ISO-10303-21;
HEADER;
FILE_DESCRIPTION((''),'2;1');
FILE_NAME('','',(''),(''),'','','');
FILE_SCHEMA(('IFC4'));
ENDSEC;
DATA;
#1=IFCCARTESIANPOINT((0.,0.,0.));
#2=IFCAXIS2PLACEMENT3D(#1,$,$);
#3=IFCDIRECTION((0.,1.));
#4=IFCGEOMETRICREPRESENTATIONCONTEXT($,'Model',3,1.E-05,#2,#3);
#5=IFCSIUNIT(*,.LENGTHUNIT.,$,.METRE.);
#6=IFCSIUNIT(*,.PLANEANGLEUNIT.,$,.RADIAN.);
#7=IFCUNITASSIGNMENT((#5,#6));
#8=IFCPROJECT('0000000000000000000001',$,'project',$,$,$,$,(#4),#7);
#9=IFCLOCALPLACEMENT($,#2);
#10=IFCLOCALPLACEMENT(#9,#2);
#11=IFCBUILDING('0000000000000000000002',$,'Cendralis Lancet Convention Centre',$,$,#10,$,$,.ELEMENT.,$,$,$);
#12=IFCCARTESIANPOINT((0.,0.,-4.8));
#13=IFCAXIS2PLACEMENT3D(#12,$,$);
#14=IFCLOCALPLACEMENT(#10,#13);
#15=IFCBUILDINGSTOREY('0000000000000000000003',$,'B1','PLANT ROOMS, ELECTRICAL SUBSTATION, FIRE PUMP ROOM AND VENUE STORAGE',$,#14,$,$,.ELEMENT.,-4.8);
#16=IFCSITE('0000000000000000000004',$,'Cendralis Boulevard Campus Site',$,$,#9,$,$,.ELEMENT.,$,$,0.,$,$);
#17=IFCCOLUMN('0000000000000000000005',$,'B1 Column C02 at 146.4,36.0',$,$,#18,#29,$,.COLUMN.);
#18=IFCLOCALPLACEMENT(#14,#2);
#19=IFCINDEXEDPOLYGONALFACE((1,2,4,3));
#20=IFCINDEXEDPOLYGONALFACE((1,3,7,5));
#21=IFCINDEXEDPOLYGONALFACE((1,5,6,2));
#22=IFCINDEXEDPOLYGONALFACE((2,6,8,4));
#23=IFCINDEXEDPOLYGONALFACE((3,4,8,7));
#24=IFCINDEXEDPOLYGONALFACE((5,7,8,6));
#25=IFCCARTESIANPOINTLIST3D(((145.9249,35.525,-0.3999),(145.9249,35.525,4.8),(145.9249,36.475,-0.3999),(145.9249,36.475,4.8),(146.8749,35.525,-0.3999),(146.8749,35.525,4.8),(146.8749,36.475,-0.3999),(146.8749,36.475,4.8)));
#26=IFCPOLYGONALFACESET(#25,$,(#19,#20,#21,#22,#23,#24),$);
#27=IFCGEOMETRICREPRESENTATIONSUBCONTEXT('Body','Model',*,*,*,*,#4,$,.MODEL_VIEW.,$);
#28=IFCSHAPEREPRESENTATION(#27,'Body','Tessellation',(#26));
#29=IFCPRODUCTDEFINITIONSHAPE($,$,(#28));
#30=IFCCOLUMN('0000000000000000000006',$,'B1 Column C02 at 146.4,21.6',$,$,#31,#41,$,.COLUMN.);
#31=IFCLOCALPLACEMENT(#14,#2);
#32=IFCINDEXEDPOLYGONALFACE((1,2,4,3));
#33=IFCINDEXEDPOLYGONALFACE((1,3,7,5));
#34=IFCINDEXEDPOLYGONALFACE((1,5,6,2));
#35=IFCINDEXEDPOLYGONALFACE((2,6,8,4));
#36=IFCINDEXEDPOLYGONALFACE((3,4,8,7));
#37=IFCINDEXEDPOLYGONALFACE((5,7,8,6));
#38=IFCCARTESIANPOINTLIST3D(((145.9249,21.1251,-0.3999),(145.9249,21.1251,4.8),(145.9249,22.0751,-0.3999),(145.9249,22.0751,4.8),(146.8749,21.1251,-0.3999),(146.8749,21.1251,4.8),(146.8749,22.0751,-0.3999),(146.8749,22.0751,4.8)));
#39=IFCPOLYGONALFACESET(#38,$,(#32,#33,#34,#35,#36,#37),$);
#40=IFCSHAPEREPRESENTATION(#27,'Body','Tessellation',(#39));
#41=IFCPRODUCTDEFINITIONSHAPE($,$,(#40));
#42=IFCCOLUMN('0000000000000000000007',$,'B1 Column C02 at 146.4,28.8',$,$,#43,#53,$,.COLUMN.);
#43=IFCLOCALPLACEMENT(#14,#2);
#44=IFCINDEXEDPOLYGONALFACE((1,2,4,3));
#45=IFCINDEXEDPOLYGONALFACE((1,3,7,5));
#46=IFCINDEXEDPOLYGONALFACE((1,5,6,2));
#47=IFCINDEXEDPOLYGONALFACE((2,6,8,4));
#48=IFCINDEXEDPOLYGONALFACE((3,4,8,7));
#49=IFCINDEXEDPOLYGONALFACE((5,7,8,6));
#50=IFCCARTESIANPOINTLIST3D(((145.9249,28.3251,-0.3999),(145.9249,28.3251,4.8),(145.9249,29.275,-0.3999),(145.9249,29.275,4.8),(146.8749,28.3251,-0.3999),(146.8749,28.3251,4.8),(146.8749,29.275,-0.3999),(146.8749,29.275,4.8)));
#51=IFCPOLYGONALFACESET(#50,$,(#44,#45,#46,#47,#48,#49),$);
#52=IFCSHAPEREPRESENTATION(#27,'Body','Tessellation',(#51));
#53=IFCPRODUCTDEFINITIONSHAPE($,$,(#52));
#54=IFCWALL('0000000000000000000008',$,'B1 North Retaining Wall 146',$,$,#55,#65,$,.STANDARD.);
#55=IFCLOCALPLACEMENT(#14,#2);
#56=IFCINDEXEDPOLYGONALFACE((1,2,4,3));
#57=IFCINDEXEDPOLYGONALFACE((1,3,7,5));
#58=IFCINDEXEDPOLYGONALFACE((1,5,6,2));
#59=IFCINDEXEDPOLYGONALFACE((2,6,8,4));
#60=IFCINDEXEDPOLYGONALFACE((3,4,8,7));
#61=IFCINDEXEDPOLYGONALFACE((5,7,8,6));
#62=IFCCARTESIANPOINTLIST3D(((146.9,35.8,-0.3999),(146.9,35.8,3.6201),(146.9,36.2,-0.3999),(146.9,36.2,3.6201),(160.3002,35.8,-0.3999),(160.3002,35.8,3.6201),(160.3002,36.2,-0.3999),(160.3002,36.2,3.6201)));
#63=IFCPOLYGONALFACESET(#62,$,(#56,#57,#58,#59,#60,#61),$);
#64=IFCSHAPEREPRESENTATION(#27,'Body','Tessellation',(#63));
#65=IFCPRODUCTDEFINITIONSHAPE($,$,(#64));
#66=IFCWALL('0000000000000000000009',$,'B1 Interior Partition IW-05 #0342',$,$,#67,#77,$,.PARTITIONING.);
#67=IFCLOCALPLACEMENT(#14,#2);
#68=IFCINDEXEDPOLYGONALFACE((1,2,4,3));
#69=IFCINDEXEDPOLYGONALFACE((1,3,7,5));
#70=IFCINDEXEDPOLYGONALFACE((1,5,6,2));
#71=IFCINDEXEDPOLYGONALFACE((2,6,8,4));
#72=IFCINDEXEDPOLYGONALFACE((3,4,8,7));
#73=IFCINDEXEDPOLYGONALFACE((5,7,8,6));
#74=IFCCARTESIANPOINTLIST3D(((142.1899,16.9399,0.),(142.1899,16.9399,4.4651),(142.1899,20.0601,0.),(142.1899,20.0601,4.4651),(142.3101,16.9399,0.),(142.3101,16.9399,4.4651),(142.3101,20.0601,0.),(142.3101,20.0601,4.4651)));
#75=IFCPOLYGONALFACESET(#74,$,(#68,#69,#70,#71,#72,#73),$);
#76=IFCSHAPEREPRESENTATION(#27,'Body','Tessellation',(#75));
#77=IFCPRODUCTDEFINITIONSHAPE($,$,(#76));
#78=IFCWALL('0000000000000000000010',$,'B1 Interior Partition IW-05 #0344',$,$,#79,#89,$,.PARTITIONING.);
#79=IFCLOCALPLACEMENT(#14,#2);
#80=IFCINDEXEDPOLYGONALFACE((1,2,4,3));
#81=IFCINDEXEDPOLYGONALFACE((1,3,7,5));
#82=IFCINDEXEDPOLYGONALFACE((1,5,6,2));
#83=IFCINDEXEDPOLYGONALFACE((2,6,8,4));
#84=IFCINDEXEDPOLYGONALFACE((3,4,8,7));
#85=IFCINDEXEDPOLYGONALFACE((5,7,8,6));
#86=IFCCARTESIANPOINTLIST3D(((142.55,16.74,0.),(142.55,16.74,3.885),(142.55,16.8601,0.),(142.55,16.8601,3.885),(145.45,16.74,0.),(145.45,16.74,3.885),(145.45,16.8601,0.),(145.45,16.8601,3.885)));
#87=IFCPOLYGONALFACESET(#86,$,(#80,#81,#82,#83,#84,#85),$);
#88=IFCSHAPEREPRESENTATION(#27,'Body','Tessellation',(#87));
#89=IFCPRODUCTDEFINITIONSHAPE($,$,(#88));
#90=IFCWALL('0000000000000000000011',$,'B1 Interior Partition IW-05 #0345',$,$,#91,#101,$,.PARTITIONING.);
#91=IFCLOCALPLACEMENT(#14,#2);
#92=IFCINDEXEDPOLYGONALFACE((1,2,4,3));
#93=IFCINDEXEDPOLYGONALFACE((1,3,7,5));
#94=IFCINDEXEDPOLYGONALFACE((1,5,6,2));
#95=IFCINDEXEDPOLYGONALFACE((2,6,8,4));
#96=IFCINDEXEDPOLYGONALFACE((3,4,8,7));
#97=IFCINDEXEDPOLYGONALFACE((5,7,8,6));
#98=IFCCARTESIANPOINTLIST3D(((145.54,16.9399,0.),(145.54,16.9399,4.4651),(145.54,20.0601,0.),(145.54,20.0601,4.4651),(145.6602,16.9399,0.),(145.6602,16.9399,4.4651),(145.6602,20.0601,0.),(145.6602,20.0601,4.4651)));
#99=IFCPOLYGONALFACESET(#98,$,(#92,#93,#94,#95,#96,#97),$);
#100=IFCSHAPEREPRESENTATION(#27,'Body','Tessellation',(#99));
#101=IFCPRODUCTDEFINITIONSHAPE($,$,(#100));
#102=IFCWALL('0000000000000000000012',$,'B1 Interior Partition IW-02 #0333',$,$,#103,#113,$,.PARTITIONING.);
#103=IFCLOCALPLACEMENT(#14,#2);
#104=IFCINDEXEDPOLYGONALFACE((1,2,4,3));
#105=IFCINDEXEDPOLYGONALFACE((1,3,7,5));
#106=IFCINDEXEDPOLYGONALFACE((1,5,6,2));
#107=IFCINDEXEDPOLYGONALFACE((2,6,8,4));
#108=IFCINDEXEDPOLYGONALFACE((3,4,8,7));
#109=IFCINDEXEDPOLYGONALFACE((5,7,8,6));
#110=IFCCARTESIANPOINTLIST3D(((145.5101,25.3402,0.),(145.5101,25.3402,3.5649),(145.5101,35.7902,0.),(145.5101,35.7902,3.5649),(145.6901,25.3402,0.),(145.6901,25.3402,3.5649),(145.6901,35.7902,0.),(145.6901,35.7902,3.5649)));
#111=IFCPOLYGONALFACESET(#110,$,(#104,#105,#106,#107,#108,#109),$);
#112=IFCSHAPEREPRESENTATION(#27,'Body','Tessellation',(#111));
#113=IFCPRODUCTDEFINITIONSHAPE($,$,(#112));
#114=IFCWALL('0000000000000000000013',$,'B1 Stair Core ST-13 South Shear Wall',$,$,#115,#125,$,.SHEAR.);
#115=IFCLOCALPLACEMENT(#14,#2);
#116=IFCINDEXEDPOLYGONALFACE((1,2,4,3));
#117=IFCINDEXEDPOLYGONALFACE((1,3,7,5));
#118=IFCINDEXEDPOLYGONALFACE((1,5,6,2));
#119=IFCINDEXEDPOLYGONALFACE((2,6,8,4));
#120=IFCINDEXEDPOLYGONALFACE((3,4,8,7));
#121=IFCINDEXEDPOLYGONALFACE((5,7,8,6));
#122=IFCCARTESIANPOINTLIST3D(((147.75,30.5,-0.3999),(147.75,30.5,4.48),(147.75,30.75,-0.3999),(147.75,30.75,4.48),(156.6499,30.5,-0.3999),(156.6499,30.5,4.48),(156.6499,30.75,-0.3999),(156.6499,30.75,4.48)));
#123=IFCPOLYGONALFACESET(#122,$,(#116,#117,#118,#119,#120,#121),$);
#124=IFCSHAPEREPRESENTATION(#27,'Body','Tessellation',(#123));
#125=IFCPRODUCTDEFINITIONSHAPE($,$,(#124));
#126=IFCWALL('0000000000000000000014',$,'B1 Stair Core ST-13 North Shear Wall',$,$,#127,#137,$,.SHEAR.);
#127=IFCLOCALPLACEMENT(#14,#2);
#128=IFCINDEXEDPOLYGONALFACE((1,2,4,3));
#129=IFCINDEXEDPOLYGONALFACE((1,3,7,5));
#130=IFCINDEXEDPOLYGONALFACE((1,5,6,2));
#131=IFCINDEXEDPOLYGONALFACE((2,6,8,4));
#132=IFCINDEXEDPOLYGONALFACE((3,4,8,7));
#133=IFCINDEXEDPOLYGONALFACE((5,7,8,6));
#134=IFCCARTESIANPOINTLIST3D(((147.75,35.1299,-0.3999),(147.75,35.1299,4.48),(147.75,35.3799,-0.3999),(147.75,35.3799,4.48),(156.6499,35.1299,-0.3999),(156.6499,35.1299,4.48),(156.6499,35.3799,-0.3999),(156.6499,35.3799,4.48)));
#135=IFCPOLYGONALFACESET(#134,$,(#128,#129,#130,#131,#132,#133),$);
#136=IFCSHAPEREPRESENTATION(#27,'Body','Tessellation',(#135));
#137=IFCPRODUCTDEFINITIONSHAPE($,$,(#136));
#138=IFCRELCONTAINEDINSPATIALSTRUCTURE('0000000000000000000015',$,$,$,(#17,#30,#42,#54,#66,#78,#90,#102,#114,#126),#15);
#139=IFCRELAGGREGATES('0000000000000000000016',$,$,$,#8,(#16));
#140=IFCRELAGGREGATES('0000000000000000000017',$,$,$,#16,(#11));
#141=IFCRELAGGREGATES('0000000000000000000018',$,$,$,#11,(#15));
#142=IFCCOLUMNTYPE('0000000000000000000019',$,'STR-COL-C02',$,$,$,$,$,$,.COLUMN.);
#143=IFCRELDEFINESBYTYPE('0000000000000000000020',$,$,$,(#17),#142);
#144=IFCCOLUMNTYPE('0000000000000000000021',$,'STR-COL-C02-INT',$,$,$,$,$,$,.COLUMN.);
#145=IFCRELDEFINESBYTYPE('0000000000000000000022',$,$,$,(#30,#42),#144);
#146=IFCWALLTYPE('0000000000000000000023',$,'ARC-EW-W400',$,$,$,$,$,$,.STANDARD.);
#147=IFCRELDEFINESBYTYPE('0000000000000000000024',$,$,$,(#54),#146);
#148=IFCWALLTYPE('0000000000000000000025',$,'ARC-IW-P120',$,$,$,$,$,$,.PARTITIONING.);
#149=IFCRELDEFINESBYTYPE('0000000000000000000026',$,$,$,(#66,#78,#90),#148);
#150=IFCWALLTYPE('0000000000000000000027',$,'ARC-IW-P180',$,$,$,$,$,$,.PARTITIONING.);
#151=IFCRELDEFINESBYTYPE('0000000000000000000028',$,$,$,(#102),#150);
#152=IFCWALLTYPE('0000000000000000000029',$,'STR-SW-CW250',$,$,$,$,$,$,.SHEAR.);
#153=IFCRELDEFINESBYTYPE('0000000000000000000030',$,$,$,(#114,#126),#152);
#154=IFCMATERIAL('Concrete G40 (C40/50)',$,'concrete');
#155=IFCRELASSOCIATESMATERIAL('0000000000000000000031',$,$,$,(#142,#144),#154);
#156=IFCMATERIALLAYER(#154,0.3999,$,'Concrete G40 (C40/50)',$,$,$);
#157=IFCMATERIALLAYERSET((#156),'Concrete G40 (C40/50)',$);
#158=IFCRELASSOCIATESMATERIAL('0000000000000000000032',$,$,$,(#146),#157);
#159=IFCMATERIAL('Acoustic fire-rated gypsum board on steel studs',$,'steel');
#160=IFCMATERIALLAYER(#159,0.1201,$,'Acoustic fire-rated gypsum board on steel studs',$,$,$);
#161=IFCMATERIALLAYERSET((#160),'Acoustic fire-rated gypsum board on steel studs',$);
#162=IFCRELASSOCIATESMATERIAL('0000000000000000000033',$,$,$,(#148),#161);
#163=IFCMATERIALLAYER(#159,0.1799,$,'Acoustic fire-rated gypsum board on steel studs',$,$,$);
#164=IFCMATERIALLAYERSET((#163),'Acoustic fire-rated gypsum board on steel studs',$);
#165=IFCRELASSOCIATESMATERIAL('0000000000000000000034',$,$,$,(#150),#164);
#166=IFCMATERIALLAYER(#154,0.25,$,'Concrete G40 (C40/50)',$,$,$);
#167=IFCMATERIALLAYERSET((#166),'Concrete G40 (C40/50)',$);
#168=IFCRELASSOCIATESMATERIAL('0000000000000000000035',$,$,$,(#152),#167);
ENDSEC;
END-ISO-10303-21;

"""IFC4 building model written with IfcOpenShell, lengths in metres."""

from ifc_helpers import new_model, si_unit, direction, frame, frame_2d, origin, origin_2d, place, context, subcontext, project, spatial, rectangle, extrude, material, layer, layer_set, material_profile, profile_set, type_object, element, save


model = new_model("IFC4")

# Units and contexts
model_context = context("Model", 3, precision=1e-05, world=origin(), true_north=direction((0.0, 1.0)))
body_context = subcontext(model_context, "Body", "Model", "MODEL_VIEW")
ifc_project = project(units=[si_unit("LENGTHUNIT", "METRE"), si_unit("PLANEANGLEUNIT", "RADIAN")], contexts=[model_context])

# Site, building, storey
site_placement = place(None, origin())
site = spatial("IfcSite", under=ifc_project, at=site_placement, Name="Cendralis Boulevard Campus Site", CompositionType="ELEMENT", RefElevation=0.0)
building_placement = place(site_placement, origin())
building = spatial("IfcBuilding", under=site, at=building_placement, Name="Cendralis Lancet Convention Centre", CompositionType="ELEMENT")
storey_placement = place(building_placement, frame((0.0, 0.0, -4.8)))
storey = spatial("IfcBuildingStorey", under=building, at=storey_placement, Name="B1", Description="PLANT ROOMS, ELECTRICAL SUBSTATION, FIRE PUMP ROOM AND VENUE STORAGE", CompositionType="ELEMENT", Elevation=-4.8)

# Columns
ifc_material_1 = material(Name="Concrete G40 (C40/50)", Category="concrete")
ifc_material_profile_1 = material_profile(ifc_material_1, rectangle(XDim=0.95, YDim=0.95, at=origin_2d()), Name="RC 950x950")
ifc_profile_set_1 = profile_set([ifc_material_profile_1], Name="Concrete G40 (C40/50)")
column_type_1 = type_object("IfcColumnType", Name="STR-COL-C02", PredefinedType="COLUMN", material=ifc_profile_set_1)
for number, where, z_axis, x_axis, name in (
    (1, (146.3999, 36.0, -0.3999), (0.0, 0.0, 1.0), (1.0, 0.0, 0.0), "B1 Column C02 at 146.4,36.0"),
):
    element("IfcColumn", number, at=place(storey_placement, frame(where, z_axis=z_axis, x_axis=x_axis)), inside=storey, type_object=column_type_1, Name=name, PredefinedType="COLUMN", context=body_context, shape_type="SweptSolid", body=[
        extrude(rectangle(XDim=0.95, YDim=0.95, at=origin_2d()), origin(), (0.0, 0.0, 1.0), 5.2),
    ])
ifc_material_profile_2 = material_profile(ifc_material_1, rectangle(XDim=0.95, YDim=0.95, at=origin_2d()), Name="RC 950x950")
ifc_profile_set_2 = profile_set([ifc_material_profile_2], Name="Concrete G40 (C40/50)")
column_type_2 = type_object("IfcColumnType", Name="STR-COL-C02-INT", PredefinedType="COLUMN", material=ifc_profile_set_2)
for number, where, z_axis, x_axis, name in (
    (2, (146.3999, 21.6001, -0.3999), (0.0, 0.0, 1.0), (1.0, 0.0, 0.0), "B1 Column C02 at 146.4,21.6"),
    (3, (146.3999, 28.8, -0.3999), (0.0, 0.0, 1.0), (1.0, 0.0, 0.0), "B1 Column C02 at 146.4,28.8"),
):
    element("IfcColumn", number, at=place(storey_placement, frame(where, z_axis=z_axis, x_axis=x_axis)), inside=storey, type_object=column_type_2, Name=name, PredefinedType="COLUMN", context=body_context, shape_type="SweptSolid", body=[
        extrude(rectangle(XDim=0.95, YDim=0.95, at=origin_2d()), origin(), (0.0, 0.0, 1.0), 5.2),
    ])

# Walls
ifc_layer_1 = layer(ifc_material_1, 0.3999, Name="Concrete G40 (C40/50)")
ifc_layer_set_1 = layer_set([ifc_layer_1], Name="Concrete G40 (C40/50)")
wall_type_1 = type_object("IfcWallType", Name="ARC-EW-W400", PredefinedType="STANDARD", material=ifc_layer_set_1)
wall_1_placement = place(storey_placement, frame((146.8999, 36.0, -0.3999), z_axis=(0.0, 0.0, 1.0), x_axis=(1.0, 0.0, 0.0)))
element("IfcWall", 4, at=wall_1_placement, inside=storey, type_object=wall_type_1, Name="B1 North Retaining Wall 146", PredefinedType="STANDARD", context=body_context, shape_type="SweptSolid", body=[
    extrude(rectangle(XDim=13.4001, YDim=0.3999, at=frame_2d((6.7002, 0.0))), origin(), (0.0, 0.0, 1.0), 4.02),
])
ifc_material_2 = material(Name="Acoustic fire-rated gypsum board on steel studs", Category="steel")
ifc_layer_2 = layer(ifc_material_2, 0.1201, Name="Acoustic fire-rated gypsum board on steel studs")
ifc_layer_set_2 = layer_set([ifc_layer_2], Name="Acoustic fire-rated gypsum board on steel studs")
wall_type_2 = type_object("IfcWallType", Name="ARC-IW-P120", PredefinedType="PARTITIONING", material=ifc_layer_set_2)
wall_2_placement = place(storey_placement, frame((142.25, 16.9399, 0.0), z_axis=(0.0, 0.0, 1.0), x_axis=(0.0, 1.0, 0.0)))
element("IfcWall", 5, at=wall_2_placement, inside=storey, type_object=wall_type_2, Name="B1 Interior Partition IW-05 #0342", PredefinedType="PARTITIONING", context=body_context, shape_type="SweptSolid", body=[
    extrude(rectangle(XDim=3.1201, YDim=0.1201, at=frame_2d((1.5601, 0.0))), origin(), (0.0, 0.0, 1.0), 4.4651),
])

# Walls
wall_3_placement = place(storey_placement, frame((142.55, 16.8, 0.0), z_axis=(0.0, 0.0, 1.0), x_axis=(1.0, 0.0, 0.0)))
element("IfcWall", 6, at=wall_3_placement, inside=storey, type_object=wall_type_2, Name="B1 Interior Partition IW-05 #0344", PredefinedType="PARTITIONING", context=body_context, shape_type="SweptSolid", body=[
    extrude(rectangle(XDim=2.8999, YDim=0.1201, at=frame_2d((1.45, 0.0))), origin(), (0.0, 0.0, 1.0), 3.885),
])
wall_4_placement = place(storey_placement, frame((145.6001, 16.9399, 0.0), z_axis=(0.0, 0.0, 1.0), x_axis=(0.0, 1.0, 0.0)))
element("IfcWall", 7, at=wall_4_placement, inside=storey, type_object=wall_type_2, Name="B1 Interior Partition IW-05 #0345", PredefinedType="PARTITIONING", context=body_context, shape_type="SweptSolid", body=[
    extrude(rectangle(XDim=3.1201, YDim=0.1201, at=frame_2d((1.5601, 0.0))), origin(), (0.0, 0.0, 1.0), 4.4651),
])
ifc_layer_3 = layer(ifc_material_2, 0.1799, Name="Acoustic fire-rated gypsum board on steel studs")
ifc_layer_set_3 = layer_set([ifc_layer_3], Name="Acoustic fire-rated gypsum board on steel studs")
wall_type_3 = type_object("IfcWallType", Name="ARC-IW-P180", PredefinedType="PARTITIONING", material=ifc_layer_set_3)
wall_5_placement = place(storey_placement, frame((145.6001, 25.3401, 0.0), z_axis=(0.0, 0.0, 1.0), x_axis=(0.0, 1.0, 0.0)))
element("IfcWall", 8, at=wall_5_placement, inside=storey, type_object=wall_type_3, Name="B1 Interior Partition IW-02 #0333", PredefinedType="PARTITIONING", context=body_context, shape_type="SweptSolid", body=[
    extrude(rectangle(XDim=10.45, YDim=0.1799, at=frame_2d((5.2251, 0.0))), origin(), (0.0, 0.0, 1.0), 3.5649),
])
ifc_layer_4 = layer(ifc_material_1, 0.25, Name="Concrete G40 (C40/50)")
ifc_layer_set_4 = layer_set([ifc_layer_4], Name="Concrete G40 (C40/50)")
wall_type_4 = type_object("IfcWallType", Name="STR-SW-CW250", PredefinedType="SHEAR", material=ifc_layer_set_4)
for number, where, z_axis, x_axis, name in (
    (9, (147.75, 30.625, -0.3999), (0.0, 0.0, 1.0), (1.0, 0.0, 0.0), "B1 Stair Core ST-13 South Shear Wall"),
    (10, (147.75, 35.2549, -0.3999), (0.0, 0.0, 1.0), (1.0, 0.0, 0.0), "B1 Stair Core ST-13 North Shear Wall"),
):
    element("IfcWall", number, at=place(storey_placement, frame(where, z_axis=z_axis, x_axis=x_axis)), inside=storey, type_object=wall_type_4, Name=name, PredefinedType="SHEAR", context=body_context, shape_type="SweptSolid", body=[
        extrude(rectangle(XDim=8.8999, YDim=0.25, at=frame_2d((4.45, 0.0))), origin(), (0.0, 0.0, 1.0), 4.8799),
    ])

save(model, "model.ifc")
